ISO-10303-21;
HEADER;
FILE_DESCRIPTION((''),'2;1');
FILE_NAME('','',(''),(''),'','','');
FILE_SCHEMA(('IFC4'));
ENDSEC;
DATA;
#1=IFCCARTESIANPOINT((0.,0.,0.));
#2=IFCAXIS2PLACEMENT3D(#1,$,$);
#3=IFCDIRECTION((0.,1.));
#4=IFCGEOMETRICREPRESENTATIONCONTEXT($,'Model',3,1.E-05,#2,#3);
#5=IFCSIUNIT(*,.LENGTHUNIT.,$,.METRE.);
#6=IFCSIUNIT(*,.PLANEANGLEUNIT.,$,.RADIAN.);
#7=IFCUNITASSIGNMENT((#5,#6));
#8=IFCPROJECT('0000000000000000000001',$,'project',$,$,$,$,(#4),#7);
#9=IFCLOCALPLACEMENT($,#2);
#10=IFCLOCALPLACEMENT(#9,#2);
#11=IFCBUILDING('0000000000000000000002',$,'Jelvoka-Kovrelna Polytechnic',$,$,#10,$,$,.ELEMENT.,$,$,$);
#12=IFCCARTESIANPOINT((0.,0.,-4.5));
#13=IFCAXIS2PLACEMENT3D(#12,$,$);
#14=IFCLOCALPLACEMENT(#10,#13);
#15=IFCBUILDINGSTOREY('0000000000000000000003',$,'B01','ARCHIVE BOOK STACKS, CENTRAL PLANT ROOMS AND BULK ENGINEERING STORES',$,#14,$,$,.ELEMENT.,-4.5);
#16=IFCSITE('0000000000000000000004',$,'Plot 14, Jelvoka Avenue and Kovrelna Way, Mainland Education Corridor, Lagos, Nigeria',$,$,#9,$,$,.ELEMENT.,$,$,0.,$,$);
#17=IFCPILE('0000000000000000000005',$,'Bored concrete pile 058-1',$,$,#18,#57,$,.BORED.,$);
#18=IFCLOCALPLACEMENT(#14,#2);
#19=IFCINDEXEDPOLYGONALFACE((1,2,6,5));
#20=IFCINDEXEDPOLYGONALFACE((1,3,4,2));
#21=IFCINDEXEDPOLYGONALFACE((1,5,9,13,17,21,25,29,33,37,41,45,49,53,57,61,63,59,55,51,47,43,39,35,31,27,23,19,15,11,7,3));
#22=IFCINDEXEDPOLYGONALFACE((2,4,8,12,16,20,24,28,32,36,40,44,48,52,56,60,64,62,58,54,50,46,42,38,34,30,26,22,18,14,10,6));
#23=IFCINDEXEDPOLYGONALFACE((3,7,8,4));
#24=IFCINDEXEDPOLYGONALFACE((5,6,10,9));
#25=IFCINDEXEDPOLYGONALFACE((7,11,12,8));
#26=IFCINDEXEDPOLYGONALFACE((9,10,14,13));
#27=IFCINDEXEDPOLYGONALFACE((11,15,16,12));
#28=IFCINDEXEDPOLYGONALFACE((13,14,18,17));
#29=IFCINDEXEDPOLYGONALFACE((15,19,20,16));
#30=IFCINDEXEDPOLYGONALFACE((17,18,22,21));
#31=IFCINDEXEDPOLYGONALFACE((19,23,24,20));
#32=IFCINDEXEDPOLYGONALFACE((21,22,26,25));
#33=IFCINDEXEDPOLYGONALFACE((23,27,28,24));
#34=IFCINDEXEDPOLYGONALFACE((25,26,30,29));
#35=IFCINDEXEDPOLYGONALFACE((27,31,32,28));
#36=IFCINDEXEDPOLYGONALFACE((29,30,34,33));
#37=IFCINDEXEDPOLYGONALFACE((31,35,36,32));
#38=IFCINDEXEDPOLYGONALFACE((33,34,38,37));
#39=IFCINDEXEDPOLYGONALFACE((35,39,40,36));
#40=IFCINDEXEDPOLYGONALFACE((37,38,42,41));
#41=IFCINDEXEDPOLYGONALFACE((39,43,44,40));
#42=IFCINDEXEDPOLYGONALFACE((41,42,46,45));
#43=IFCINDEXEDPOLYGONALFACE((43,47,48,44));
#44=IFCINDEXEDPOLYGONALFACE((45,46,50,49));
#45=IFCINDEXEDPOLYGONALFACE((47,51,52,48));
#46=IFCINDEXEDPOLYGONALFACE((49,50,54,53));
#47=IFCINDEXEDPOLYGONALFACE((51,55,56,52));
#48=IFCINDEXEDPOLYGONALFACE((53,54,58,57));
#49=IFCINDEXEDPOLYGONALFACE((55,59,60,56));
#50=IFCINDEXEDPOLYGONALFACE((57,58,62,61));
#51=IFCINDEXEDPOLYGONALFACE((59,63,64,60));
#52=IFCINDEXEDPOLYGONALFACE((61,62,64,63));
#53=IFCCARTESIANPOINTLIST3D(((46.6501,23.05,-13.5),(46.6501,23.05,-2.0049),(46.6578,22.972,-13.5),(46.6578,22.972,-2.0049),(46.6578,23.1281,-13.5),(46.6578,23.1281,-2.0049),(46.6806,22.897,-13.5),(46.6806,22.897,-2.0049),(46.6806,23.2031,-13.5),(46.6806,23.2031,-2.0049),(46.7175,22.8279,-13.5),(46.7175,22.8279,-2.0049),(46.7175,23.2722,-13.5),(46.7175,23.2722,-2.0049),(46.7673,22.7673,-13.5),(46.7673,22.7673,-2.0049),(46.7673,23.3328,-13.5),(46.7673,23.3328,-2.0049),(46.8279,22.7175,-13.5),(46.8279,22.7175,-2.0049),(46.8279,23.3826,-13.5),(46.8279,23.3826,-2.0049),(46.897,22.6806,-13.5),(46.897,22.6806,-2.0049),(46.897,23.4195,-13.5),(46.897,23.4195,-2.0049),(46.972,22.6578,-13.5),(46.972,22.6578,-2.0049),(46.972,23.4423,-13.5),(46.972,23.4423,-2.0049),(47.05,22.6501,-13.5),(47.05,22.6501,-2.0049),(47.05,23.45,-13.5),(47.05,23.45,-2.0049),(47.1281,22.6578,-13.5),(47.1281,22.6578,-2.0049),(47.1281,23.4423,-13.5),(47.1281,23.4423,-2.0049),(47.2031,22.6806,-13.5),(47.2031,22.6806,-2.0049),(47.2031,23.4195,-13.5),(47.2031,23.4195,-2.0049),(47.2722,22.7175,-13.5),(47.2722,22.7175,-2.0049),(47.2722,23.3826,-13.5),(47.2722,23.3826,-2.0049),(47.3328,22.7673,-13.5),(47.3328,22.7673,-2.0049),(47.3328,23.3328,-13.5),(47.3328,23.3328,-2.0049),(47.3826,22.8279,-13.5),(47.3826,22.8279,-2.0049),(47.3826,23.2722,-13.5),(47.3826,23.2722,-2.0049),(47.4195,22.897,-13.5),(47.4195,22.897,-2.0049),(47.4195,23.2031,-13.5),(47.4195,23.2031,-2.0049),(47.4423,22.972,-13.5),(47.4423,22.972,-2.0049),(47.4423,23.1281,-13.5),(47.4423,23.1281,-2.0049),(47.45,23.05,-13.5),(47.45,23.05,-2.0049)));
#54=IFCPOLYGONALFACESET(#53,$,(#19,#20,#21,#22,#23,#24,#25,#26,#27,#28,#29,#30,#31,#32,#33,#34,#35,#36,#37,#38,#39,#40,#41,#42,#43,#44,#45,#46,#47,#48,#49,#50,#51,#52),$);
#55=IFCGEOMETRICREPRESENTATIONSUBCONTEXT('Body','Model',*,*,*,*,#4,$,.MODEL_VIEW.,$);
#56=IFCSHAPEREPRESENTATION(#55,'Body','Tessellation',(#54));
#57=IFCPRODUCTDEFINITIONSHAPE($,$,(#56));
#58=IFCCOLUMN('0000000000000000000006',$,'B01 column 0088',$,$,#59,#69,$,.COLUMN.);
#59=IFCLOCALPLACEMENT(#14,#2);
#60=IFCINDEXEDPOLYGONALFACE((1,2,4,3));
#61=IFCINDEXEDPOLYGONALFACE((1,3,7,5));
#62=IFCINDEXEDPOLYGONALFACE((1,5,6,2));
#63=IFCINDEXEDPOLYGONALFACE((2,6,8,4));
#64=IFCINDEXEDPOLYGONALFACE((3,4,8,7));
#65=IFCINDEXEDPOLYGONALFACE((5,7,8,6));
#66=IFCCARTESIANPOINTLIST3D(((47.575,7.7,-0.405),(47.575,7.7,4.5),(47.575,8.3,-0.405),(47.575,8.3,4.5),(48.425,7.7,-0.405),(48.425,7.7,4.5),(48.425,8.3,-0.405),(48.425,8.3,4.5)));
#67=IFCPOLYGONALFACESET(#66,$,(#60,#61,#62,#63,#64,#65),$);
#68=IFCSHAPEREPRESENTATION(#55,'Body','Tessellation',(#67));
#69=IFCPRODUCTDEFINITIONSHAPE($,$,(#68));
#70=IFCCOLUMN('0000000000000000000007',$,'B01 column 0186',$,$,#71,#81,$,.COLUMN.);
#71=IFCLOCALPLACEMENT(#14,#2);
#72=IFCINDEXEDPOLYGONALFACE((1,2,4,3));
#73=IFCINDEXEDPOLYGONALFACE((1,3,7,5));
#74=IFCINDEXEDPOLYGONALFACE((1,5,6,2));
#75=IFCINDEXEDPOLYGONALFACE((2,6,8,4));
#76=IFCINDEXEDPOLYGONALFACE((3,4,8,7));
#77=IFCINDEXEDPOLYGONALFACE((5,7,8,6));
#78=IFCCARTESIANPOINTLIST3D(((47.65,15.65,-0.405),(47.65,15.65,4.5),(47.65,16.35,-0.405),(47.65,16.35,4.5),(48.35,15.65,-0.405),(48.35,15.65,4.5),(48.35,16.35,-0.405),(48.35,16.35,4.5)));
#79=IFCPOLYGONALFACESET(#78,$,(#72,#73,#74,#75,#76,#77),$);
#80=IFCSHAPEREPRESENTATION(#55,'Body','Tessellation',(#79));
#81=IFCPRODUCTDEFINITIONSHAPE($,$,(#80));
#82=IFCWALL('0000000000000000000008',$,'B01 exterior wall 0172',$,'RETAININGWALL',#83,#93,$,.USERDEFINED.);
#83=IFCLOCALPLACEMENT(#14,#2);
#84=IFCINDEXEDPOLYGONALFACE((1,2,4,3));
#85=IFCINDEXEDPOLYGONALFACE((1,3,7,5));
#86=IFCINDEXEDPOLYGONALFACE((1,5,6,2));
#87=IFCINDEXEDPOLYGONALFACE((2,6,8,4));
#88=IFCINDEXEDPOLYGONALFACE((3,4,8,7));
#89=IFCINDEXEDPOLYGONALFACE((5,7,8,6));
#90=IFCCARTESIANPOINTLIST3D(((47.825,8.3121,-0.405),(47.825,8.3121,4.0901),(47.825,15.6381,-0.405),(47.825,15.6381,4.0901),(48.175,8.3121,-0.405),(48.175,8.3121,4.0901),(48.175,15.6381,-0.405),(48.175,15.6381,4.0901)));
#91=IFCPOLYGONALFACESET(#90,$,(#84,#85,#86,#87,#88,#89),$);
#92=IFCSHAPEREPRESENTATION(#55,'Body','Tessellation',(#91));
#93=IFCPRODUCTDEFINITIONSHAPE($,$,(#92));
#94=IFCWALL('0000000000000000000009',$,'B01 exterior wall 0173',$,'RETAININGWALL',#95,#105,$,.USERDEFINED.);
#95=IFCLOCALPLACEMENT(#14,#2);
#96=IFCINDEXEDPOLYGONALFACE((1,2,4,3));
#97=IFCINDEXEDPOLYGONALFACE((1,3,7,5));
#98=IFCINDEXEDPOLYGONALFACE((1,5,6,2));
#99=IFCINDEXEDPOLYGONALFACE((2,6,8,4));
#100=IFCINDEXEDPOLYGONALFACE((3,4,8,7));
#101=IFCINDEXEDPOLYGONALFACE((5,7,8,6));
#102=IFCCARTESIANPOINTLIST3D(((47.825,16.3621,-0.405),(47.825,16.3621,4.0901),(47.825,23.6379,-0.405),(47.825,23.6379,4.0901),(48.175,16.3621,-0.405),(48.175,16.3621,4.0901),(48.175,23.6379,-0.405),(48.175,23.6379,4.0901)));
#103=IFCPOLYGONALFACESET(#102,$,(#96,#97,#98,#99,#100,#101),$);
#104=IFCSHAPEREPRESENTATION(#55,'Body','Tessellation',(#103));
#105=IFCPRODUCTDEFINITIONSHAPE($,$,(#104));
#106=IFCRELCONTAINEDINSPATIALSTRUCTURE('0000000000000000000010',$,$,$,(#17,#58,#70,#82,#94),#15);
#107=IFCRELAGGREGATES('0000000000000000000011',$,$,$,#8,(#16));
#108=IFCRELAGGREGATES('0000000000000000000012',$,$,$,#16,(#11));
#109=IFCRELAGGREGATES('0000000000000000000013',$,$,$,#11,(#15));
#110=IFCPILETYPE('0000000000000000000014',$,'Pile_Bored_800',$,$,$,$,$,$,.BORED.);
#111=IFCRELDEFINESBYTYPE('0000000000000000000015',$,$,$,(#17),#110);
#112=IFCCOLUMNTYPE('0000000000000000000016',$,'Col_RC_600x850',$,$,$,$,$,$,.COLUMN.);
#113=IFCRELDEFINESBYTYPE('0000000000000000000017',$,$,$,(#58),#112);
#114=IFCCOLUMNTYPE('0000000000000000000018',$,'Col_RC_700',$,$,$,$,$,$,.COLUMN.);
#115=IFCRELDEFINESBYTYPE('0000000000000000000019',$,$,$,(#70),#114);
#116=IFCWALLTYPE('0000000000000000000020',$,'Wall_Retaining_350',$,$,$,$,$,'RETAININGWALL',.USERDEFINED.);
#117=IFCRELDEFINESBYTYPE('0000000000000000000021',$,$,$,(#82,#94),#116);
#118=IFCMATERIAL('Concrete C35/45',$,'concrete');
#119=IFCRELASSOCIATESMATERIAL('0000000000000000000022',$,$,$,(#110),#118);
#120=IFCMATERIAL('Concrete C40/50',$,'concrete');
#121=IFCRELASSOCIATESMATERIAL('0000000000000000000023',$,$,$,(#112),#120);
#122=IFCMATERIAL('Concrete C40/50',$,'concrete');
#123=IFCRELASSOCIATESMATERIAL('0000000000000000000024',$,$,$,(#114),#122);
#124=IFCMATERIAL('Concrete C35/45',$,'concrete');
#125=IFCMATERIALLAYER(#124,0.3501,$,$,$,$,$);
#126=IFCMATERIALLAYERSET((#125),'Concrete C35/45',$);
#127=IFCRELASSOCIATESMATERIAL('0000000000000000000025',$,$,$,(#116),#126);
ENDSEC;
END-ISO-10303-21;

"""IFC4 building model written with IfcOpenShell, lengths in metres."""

from ifc_helpers import new_model, si_unit, direction, frame, frame_2d, origin, origin_2d, place, context, subcontext, project, spatial, rectangle, circle, extrude, material, layer, layer_set, material_profile, profile_set, type_object, element, save


model = new_model("IFC4")

# Units and contexts
model_context = context("Model", 3, precision=1e-05, world=origin(), true_north=direction((0.0, 1.0)))
body_context = subcontext(model_context, "Body", "Model", "MODEL_VIEW")
ifc_project = project(units=[si_unit("LENGTHUNIT", "METRE"), si_unit("PLANEANGLEUNIT", "RADIAN")], contexts=[model_context])

# Site, building, storey
site_placement = place(None, origin())
site = spatial("IfcSite", under=ifc_project, at=site_placement, Name="Plot 14, Jelvoka Avenue and Kovrelna Way, Mainland Education Corridor, Lagos, Nigeria", CompositionType="ELEMENT", RefElevation=0.0)
building_placement = place(site_placement, origin())
building = spatial("IfcBuilding", under=site, at=building_placement, Name="Jelvoka-Kovrelna Polytechnic", CompositionType="ELEMENT")
storey_placement = place(building_placement, frame((0.0, 0.0, -4.5)))
storey = spatial("IfcBuildingStorey", under=building, at=storey_placement, Name="B01", Description="ARCHIVE BOOK STACKS, CENTRAL PLANT ROOMS AND BULK ENGINEERING STORES", CompositionType="ELEMENT", Elevation=-4.5)

# Pile
ifc_material_1 = material(Name="Concrete C35/45", Category="concrete")
ifc_material_profile_1 = material_profile(ifc_material_1, circle(Radius=0.3999, at=origin_2d()), Name="PILE D800")
ifc_profile_set_1 = profile_set([ifc_material_profile_1], Name="Concrete C35/45")
pile_type = type_object("IfcPileType", Name="Pile_Bored_800", PredefinedType="BORED", material=ifc_profile_set_1)
pile_1_placement = place(storey_placement, frame((47.05, 23.05, -2.0049), z_axis=(0.0, 0.0, -1.0), x_axis=(1.0, 0.0, 0.0)))
element("IfcPile", 1, at=pile_1_placement, inside=storey, type_object=pile_type, Name="Bored concrete pile 058-1", PredefinedType="BORED", context=body_context, shape_type="SweptSolid", body=[
    extrude(circle(Radius=0.3999, at=origin_2d()), origin(), (0.0, 0.0, 1.0), 11.4951),
])

# Columns
ifc_material_2 = material(Name="Concrete C40/50", Category="concrete")
ifc_material_profile_2 = material_profile(ifc_material_2, rectangle(XDim=0.6001, YDim=0.8501, at=origin_2d()), Name="RC 600x850")
ifc_profile_set_2 = profile_set([ifc_material_profile_2], Name="Concrete C40/50")
column_type_1 = type_object("IfcColumnType", Name="Col_RC_600x850", PredefinedType="COLUMN", material=ifc_profile_set_2)
column_1_placement = place(storey_placement, frame((48.0, 8.0, -0.405), z_axis=(0.0, 0.0, 1.0), x_axis=(0.0, 1.0, 0.0)))
element("IfcColumn", 2, at=column_1_placement, inside=storey, type_object=column_type_1, Name="B01 column 0088", PredefinedType="COLUMN", context=body_context, shape_type="SweptSolid", body=[
    extrude(rectangle(XDim=0.6001, YDim=0.8501, at=origin_2d()), origin(), (0.0, 0.0, 1.0), 4.905),
])
ifc_material_3 = material(Name="Concrete C40/50", Category="concrete")
ifc_material_profile_3 = material_profile(ifc_material_3, rectangle(XDim=0.7, YDim=0.7, at=origin_2d()), Name="RC 700x700")
ifc_profile_set_3 = profile_set([ifc_material_profile_3], Name="Concrete C40/50")
column_type_2 = type_object("IfcColumnType", Name="Col_RC_700", PredefinedType="COLUMN", material=ifc_profile_set_3)
column_2_placement = place(storey_placement, frame((48.0, 16.0, -0.405), z_axis=(0.0, 0.0, 1.0), x_axis=(1.0, 0.0, 0.0)))
element("IfcColumn", 3, at=column_2_placement, inside=storey, type_object=column_type_2, Name="B01 column 0186", PredefinedType="COLUMN", context=body_context, shape_type="SweptSolid", body=[
    extrude(rectangle(XDim=0.7, YDim=0.7, at=origin_2d()), origin(), (0.0, 0.0, 1.0), 4.905),
])

# Walls
ifc_material_4 = material(Name="Concrete C35/45", Category="concrete")
ifc_layer = layer(ifc_material_4, 0.3501)
ifc_layer_set = layer_set([ifc_layer], Name="Concrete C35/45")
wall_type = type_object("IfcWallType", Name="Wall_Retaining_350", ElementType="RETAININGWALL", PredefinedType="USERDEFINED", material=ifc_layer_set)
wall_1_placement = place(storey_placement, frame((48.0, 8.312, -0.405), z_axis=(0.0, 0.0, 1.0), x_axis=(0.0, 1.0, 0.0)))
element("IfcWall", 4, at=wall_1_placement, inside=storey, type_object=wall_type, Name="B01 exterior wall 0172", ObjectType="RETAININGWALL", PredefinedType="USERDEFINED", context=body_context, shape_type="SweptSolid", body=[
    extrude(rectangle(XDim=7.3259, YDim=0.3501, at=frame_2d((3.6631, 0.0))), origin(), (0.0, 0.0, 1.0), 4.4951),
])
wall_2_placement = place(storey_placement, frame((48.0, 16.3621, -0.405), z_axis=(0.0, 0.0, 1.0), x_axis=(0.0, 1.0, 0.0)))
element("IfcWall", 5, at=wall_2_placement, inside=storey, type_object=wall_type, Name="B01 exterior wall 0173", ObjectType="RETAININGWALL", PredefinedType="USERDEFINED", context=body_context, shape_type="SweptSolid", body=[
    extrude(rectangle(XDim=7.2759, YDim=0.3501, at=frame_2d((3.6379, 0.0))), origin(), (0.0, 0.0, 1.0), 4.4951),
])

save(model, "model.ifc")
